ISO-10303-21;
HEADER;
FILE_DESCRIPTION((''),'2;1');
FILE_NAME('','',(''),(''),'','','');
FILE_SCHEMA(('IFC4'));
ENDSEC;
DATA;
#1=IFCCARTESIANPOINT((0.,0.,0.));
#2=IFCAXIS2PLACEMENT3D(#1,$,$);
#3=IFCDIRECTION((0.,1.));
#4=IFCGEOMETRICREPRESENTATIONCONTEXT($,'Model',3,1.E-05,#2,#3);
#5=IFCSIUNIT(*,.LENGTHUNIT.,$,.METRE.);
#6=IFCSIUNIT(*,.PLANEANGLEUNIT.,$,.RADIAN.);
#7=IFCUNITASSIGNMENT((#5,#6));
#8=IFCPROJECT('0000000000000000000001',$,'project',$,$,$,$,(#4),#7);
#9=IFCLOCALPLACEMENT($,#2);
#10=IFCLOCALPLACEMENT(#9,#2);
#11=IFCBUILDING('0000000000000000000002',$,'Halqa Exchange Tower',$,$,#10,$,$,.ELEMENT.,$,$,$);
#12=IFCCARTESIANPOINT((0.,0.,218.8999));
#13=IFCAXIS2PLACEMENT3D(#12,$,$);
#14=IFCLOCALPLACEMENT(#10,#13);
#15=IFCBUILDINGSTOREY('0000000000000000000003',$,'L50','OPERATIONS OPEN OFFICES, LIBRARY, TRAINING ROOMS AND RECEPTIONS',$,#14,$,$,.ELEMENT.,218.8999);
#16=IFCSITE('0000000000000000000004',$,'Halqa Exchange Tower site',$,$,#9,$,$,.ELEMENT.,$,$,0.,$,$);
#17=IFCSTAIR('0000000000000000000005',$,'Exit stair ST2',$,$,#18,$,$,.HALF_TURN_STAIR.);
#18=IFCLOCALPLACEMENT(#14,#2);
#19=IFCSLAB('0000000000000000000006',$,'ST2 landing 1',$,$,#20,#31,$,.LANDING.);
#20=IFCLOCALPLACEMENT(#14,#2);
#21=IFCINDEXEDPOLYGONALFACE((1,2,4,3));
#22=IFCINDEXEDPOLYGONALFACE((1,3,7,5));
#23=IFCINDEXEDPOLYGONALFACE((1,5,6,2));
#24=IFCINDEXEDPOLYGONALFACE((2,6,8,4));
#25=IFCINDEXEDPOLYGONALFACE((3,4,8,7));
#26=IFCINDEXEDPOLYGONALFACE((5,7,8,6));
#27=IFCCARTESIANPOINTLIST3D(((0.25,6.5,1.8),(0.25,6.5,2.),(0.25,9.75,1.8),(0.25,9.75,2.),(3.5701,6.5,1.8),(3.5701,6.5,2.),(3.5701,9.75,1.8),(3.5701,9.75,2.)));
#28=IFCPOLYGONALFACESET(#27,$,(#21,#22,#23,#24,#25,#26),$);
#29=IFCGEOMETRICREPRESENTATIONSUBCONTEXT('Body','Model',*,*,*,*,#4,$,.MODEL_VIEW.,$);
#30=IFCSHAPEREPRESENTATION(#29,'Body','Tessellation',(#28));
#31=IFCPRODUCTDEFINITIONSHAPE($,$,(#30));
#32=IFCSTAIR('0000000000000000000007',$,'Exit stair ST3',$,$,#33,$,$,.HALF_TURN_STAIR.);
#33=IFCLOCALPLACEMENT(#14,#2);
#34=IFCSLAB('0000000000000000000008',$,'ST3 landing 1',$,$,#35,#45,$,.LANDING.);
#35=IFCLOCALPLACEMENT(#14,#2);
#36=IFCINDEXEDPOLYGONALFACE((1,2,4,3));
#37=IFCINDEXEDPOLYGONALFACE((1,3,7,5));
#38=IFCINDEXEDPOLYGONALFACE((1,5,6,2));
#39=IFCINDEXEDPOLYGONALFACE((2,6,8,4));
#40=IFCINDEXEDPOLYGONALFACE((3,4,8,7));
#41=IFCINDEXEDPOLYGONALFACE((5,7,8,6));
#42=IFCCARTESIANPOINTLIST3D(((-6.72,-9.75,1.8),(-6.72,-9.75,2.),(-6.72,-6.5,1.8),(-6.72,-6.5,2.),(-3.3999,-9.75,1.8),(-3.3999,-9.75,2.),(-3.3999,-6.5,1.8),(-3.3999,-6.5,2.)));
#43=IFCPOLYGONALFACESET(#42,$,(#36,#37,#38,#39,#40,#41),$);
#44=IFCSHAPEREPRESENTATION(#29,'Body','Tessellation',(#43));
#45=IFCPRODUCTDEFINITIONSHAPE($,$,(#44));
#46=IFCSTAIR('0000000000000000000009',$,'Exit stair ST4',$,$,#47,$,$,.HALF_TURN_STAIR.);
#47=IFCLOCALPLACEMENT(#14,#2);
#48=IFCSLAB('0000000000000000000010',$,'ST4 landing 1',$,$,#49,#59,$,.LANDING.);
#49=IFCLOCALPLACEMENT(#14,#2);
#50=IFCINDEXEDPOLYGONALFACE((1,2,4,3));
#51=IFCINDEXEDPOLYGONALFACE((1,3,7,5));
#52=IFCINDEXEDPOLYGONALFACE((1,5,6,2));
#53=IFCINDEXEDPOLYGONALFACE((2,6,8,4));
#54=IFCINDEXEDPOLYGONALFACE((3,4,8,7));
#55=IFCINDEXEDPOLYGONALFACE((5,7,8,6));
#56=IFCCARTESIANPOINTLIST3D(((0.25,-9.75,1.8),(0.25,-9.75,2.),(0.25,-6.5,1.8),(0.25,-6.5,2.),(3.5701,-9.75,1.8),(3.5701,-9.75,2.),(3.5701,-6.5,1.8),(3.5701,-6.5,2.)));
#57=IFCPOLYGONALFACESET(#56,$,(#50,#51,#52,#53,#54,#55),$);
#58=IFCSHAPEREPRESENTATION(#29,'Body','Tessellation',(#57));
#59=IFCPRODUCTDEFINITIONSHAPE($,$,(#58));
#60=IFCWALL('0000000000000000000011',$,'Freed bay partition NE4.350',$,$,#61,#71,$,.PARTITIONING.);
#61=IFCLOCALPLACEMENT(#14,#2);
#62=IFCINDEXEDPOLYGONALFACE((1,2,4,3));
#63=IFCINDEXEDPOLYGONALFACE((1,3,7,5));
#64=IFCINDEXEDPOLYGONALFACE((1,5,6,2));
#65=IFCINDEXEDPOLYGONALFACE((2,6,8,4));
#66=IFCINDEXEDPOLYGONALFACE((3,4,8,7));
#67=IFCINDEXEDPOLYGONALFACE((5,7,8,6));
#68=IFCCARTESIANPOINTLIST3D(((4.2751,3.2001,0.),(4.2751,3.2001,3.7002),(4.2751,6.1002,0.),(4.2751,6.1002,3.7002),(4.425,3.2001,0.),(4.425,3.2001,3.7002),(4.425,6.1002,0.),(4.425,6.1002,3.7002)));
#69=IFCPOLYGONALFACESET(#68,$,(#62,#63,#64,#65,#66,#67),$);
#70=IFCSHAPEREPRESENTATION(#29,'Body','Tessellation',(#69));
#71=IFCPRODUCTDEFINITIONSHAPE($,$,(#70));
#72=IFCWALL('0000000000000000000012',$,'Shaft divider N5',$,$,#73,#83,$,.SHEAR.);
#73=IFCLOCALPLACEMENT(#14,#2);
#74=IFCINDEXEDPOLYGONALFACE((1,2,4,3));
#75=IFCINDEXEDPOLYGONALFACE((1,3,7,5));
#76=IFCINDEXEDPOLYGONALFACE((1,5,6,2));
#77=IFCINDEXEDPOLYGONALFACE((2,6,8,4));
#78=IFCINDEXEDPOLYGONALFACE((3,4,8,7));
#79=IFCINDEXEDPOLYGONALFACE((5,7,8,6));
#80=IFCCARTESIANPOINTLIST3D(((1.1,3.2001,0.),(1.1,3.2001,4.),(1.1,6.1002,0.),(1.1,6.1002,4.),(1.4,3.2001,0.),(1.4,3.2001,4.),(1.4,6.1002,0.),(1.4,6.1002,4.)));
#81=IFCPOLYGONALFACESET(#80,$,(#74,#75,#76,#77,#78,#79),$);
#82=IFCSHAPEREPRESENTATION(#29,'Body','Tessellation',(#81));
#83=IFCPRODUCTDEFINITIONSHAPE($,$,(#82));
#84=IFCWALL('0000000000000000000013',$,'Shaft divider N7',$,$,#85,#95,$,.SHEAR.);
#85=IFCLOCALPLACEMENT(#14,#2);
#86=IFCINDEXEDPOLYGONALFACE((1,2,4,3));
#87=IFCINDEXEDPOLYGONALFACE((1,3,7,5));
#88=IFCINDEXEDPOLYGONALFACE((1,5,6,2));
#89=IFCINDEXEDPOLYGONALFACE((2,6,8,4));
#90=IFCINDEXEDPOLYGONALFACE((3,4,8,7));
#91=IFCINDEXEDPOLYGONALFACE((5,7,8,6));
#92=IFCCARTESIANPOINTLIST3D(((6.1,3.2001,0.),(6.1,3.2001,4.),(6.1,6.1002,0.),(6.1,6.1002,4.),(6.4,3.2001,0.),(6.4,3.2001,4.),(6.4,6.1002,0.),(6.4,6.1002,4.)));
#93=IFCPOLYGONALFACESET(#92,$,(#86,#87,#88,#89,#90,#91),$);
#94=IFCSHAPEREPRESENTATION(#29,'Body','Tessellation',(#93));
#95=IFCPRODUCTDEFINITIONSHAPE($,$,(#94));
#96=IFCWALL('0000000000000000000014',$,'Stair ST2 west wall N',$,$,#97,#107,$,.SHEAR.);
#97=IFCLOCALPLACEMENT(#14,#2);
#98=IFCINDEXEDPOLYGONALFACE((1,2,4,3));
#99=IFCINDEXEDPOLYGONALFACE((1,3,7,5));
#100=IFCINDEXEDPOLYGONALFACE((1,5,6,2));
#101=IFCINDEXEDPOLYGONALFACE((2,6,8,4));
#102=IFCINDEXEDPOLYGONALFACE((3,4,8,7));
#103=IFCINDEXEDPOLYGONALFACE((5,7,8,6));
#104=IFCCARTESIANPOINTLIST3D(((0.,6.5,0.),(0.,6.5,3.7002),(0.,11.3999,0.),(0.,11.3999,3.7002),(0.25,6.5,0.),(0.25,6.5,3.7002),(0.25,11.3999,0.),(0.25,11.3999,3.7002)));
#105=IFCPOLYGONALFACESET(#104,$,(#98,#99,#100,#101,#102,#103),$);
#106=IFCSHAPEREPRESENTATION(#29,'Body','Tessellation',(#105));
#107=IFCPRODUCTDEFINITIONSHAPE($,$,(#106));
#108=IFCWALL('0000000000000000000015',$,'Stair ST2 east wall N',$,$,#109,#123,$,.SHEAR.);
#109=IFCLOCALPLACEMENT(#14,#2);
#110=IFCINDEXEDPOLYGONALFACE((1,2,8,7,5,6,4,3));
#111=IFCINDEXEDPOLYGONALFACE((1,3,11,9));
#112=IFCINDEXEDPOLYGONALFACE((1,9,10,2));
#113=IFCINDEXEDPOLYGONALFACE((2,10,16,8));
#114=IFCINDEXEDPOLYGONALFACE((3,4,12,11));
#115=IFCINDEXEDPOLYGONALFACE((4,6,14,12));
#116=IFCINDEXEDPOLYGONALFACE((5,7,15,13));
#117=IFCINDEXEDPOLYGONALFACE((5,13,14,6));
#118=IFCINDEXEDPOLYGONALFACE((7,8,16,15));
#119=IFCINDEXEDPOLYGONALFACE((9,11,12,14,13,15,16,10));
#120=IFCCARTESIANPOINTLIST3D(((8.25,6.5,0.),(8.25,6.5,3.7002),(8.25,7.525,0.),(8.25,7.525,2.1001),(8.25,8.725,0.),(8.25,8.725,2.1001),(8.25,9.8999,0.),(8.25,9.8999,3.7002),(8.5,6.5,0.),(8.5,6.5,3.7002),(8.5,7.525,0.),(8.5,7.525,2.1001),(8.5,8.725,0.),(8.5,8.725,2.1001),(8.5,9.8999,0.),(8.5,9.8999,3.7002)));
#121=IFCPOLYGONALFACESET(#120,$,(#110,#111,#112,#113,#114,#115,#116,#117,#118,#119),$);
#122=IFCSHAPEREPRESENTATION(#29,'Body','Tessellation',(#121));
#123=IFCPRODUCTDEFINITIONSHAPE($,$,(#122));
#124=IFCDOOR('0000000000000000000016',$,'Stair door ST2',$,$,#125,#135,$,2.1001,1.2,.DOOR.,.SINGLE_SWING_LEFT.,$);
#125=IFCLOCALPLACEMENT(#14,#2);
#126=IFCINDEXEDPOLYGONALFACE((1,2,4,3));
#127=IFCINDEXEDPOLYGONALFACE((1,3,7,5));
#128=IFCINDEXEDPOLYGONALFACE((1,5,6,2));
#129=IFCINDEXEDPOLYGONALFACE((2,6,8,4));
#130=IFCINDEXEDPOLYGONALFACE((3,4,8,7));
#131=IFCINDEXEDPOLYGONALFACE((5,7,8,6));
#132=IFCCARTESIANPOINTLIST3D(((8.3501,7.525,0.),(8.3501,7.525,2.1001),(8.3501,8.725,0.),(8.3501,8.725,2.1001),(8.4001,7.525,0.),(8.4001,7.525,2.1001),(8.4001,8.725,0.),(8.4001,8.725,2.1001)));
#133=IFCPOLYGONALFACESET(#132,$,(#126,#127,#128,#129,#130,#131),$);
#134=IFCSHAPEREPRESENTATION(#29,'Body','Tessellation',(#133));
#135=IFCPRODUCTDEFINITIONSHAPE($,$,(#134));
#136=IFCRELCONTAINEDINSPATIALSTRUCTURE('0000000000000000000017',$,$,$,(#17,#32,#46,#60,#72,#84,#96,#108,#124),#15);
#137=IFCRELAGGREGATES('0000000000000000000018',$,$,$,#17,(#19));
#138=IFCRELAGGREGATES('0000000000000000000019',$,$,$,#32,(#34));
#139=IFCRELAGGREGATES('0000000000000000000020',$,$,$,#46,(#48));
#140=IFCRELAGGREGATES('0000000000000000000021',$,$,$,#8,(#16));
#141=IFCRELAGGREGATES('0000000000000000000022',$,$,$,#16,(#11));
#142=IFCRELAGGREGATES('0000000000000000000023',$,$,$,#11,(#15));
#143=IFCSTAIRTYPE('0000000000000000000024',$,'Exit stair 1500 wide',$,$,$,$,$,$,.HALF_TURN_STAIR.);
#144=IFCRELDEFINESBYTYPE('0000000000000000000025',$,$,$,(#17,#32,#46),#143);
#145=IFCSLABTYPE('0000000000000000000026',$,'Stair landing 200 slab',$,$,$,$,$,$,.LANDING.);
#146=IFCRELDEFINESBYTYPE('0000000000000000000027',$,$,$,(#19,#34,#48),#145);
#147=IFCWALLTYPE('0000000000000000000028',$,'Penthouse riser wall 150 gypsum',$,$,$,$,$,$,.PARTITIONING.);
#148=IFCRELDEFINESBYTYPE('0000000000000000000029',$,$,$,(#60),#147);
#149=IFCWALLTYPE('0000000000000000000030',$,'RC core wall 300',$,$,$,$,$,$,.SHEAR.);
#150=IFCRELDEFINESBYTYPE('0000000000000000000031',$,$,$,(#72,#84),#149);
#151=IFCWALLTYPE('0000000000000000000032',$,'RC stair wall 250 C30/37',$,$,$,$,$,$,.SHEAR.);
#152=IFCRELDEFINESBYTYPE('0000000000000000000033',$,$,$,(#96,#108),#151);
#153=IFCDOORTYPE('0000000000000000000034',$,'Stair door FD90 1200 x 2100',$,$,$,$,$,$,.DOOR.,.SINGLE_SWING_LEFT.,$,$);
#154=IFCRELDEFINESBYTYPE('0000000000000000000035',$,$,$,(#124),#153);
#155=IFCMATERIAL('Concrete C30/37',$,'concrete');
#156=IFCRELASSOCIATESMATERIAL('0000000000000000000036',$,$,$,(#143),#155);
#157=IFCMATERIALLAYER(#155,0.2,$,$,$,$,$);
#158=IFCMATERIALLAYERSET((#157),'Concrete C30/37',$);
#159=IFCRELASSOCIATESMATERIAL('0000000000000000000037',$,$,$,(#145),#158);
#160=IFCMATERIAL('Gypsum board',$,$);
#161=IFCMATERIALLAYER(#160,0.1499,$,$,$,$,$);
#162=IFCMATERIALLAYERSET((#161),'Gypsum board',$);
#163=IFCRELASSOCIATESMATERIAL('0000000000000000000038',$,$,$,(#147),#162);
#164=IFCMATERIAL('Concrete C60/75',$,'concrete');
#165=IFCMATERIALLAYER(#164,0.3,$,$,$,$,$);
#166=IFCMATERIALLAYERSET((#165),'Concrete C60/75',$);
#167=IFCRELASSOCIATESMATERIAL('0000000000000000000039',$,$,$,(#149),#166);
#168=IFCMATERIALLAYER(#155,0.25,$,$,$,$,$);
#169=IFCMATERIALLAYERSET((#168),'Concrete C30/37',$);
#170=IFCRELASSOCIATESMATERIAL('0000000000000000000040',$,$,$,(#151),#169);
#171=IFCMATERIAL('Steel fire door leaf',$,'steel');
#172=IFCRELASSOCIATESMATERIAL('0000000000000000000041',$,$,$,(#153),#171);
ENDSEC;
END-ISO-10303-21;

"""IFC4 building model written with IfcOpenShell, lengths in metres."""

from ifc_helpers import new_model, si_unit, direction, frame, frame_2d, origin, place, context, subcontext, project, spatial, polyline, rectangle, outline, extrude, material, layer, layer_set, type_object, element, fill, aggregate, save


model = new_model("IFC4")

# Units and contexts
model_context = context("Model", 3, precision=1e-05, world=origin(), true_north=direction((0.0, 1.0)))
body_context = subcontext(model_context, "Body", "Model", "MODEL_VIEW")
ifc_project = project(units=[si_unit("LENGTHUNIT", "METRE"), si_unit("PLANEANGLEUNIT", "RADIAN")], contexts=[model_context])

# Site, building, storey
site_placement = place(None, origin())
site = spatial("IfcSite", under=ifc_project, at=site_placement, Name="Halqa Exchange Tower site", CompositionType="ELEMENT", RefElevation=0.0)
building_placement = place(site_placement, origin())
building = spatial("IfcBuilding", under=site, at=building_placement, Name="Halqa Exchange Tower", CompositionType="ELEMENT")
storey_placement = place(building_placement, frame((0.0, 0.0, 218.8999)))
storey = spatial("IfcBuildingStorey", under=building, at=storey_placement, Name="L50", Description="OPERATIONS OPEN OFFICES, LIBRARY, TRAINING ROOMS AND RECEPTIONS", CompositionType="ELEMENT", Elevation=218.8999)

# Shared definitions
ifc_material_1 = material(Name="Concrete C60/75", Category="concrete")

# Stairs, slabs
ifc_material_2 = material(Name="Concrete C30/37", Category="concrete")
stair_type = type_object("IfcStairType", Name="Exit stair 1500 wide", PredefinedType="HALF_TURN_STAIR", material=ifc_material_2)
ifc_layer_1 = layer(ifc_material_2, 0.2)
ifc_layer_set_1 = layer_set([ifc_layer_1], Name="Concrete C30/37")
slab_type_1 = type_object("IfcSlabType", Name="Stair landing 200 slab", PredefinedType="LANDING", material=ifc_layer_set_1)
stair_1_placement = place(storey_placement, origin())
stair_1 = element("IfcStair", 1, at=stair_1_placement, inside=storey, type_object=stair_type, Name="Exit stair ST2", PredefinedType="HALF_TURN_STAIR")
slab_1_placement = place(storey_placement, frame((0.0, 0.0, 1.8)))
slab_1 = element("IfcSlab", 2, at=slab_1_placement, type_object=slab_type_1, Name="ST2 landing 1", PredefinedType="LANDING", context=body_context, shape_type="SweptSolid", body=[
    extrude(outline(polyline([(0.25, 6.5), (3.5701, 6.5), (3.5701, 9.75), (0.25, 9.75), (0.25, 6.5)])), origin(), (0.0, 0.0, 1.0), 0.2),
])
aggregate(stair_1, [slab_1])
stair_2_placement = place(storey_placement, origin())
stair_2 = element("IfcStair", 3, at=stair_2_placement, inside=storey, type_object=stair_type, Name="Exit stair ST3", PredefinedType="HALF_TURN_STAIR")
slab_2_placement = place(storey_placement, frame((0.0, 0.0, 1.8)))
slab_2 = element("IfcSlab", 4, at=slab_2_placement, type_object=slab_type_1, Name="ST3 landing 1", PredefinedType="LANDING", context=body_context, shape_type="SweptSolid", body=[
    extrude(outline(polyline([(-6.72, -9.75), (-3.3999, -9.75), (-3.3999, -6.5), (-6.72, -6.5), (-6.72, -9.75)])), origin(), (0.0, 0.0, 1.0), 0.2),
])
aggregate(stair_2, [slab_2])
stair_3_placement = place(storey_placement, origin())
stair_3 = element("IfcStair", 5, at=stair_3_placement, inside=storey, type_object=stair_type, Name="Exit stair ST4", PredefinedType="HALF_TURN_STAIR")
slab_3_placement = place(storey_placement, frame((0.0, 0.0, 1.8)))
slab_3 = element("IfcSlab", 6, at=slab_3_placement, type_object=slab_type_1, Name="ST4 landing 1", PredefinedType="LANDING", context=body_context, shape_type="SweptSolid", body=[
    extrude(outline(polyline([(0.25, -9.75), (3.5701, -9.75), (3.5701, -6.5), (0.25, -6.5), (0.25, -9.75)])), origin(), (0.0, 0.0, 1.0), 0.2),
])
aggregate(stair_3, [slab_3])

# Walls
ifc_material_3 = material(Name="Gypsum board")
ifc_layer_2 = layer(ifc_material_3, 0.1499)
ifc_layer_set_2 = layer_set([ifc_layer_2], Name="Gypsum board")
wall_type_1 = type_object("IfcWallType", Name="Penthouse riser wall 150 gypsum", PredefinedType="PARTITIONING", material=ifc_layer_set_2)
wall_1_placement = place(storey_placement, frame((4.3501, 3.2, 0.0), z_axis=(0.0, 0.0, 1.0), x_axis=(0.0, 1.0, 0.0)))
element("IfcWall", 7, at=wall_1_placement, inside=storey, type_object=wall_type_1, Name="Freed bay partition NE4.350", PredefinedType="PARTITIONING", context=body_context, shape_type="SweptSolid", body=[
    extrude(rectangle(XDim=2.9001, YDim=0.1499, at=frame_2d((1.4502, 0.0))), origin(), (0.0, 0.0, 1.0), 3.7002),
])
ifc_layer_3 = layer(ifc_material_1, 0.3)
ifc_layer_set_3 = layer_set([ifc_layer_3], Name="Concrete C60/75")
wall_type_2 = type_object("IfcWallType", Name="RC core wall 300", PredefinedType="SHEAR", material=ifc_layer_set_3)
for number, where, z_axis, x_axis, name in (
    (8, (1.25, 3.2, 0.0), (0.0, 0.0, 1.0), (0.0, 1.0, 0.0), "Shaft divider N5"),
    (9, (6.25, 3.2, 0.0), (0.0, 0.0, 1.0), (0.0, 1.0, 0.0), "Shaft divider N7"),
):
    element("IfcWall", number, at=place(storey_placement, frame(where, z_axis=z_axis, x_axis=x_axis)), inside=storey, type_object=wall_type_2, Name=name, PredefinedType="SHEAR", context=body_context, shape_type="SweptSolid", body=[
        extrude(rectangle(XDim=2.9001, YDim=0.3, at=frame_2d((1.4502, 0.0))), origin(), (0.0, 0.0, 1.0), 4.0),
    ])
ifc_layer_4 = layer(ifc_material_2, 0.25)
ifc_layer_set_4 = layer_set([ifc_layer_4], Name="Concrete C30/37")
wall_type_3 = type_object("IfcWallType", Name="RC stair wall 250 C30/37", PredefinedType="SHEAR", material=ifc_layer_set_4)
wall_2_placement = place(storey_placement, frame((0.125, 6.5, 0.0), z_axis=(0.0, 0.0, 1.0), x_axis=(0.0, 1.0, 0.0)))
element("IfcWall", 10, at=wall_2_placement, inside=storey, type_object=wall_type_3, Name="Stair ST2 west wall N", PredefinedType="SHEAR", context=body_context, shape_type="SweptSolid", body=[
    extrude(rectangle(XDim=4.8999, YDim=0.25, at=frame_2d((2.45, 0.0))), origin(), (0.0, 0.0, 1.0), 3.7002),
])

# Wall, opening, door
wall_3_placement = place(storey_placement, frame((8.375, 6.5, 0.0), z_axis=(0.0, 0.0, 1.0), x_axis=(0.0, 1.0, 0.0)))
wall_3 = element("IfcWall", 11, at=wall_3_placement, inside=storey, type_object=wall_type_3, Name="Stair ST2 east wall N", PredefinedType="SHEAR", context=body_context, shape_type="SweptSolid", body=[
    extrude(rectangle(XDim=3.3999, YDim=0.25, at=frame_2d((1.7, 0.0))), origin(), (0.0, 0.0, 1.0), 3.7002),
])
opening_placement = place(wall_3_placement, frame((1.0249, 0.0, 0.0)))
opening = element("IfcOpeningElement", 12, at=opening_placement, cuts=wall_3, PredefinedType="OPENING", context=body_context, shape_type="SweptSolid", body=[
    extrude(rectangle(XDim=1.2, YDim=2.1001, at=frame_2d((0.6001, 1.05))), frame((0.0, 0.137, 0.0), z_axis=(0.0, -1.0, 0.0), x_axis=(1.0, 0.0, 0.0)), (0.0, 0.0, 1.0), 0.2739),
])
ifc_material_4 = material(Name="Steel fire door leaf", Category="steel")
door_type = type_object("IfcDoorType", Name="Stair door FD90 1200 x 2100", OperationType="SINGLE_SWING_LEFT", PredefinedType="DOOR", material=ifc_material_4)
door_placement = place(opening_placement, origin())
door = element("IfcDoor", 13, at=door_placement, inside=storey, type_object=door_type, Name="Stair door ST2", OperationType="SINGLE_SWING_LEFT", OverallHeight=2.1001, OverallWidth=1.2, PredefinedType="DOOR", context=body_context, shape_type="SweptSolid", body=[
    extrude(rectangle(XDim=1.2, YDim=2.1001, at=frame_2d((0.6001, 1.05))), frame((0.0, 0.0249, 0.0), z_axis=(0.0, -1.0, 0.0), x_axis=(1.0, 0.0, 0.0)), (0.0, 0.0, 1.0), 0.05),
])
fill(opening, door)

save(model, "model.ifc")
